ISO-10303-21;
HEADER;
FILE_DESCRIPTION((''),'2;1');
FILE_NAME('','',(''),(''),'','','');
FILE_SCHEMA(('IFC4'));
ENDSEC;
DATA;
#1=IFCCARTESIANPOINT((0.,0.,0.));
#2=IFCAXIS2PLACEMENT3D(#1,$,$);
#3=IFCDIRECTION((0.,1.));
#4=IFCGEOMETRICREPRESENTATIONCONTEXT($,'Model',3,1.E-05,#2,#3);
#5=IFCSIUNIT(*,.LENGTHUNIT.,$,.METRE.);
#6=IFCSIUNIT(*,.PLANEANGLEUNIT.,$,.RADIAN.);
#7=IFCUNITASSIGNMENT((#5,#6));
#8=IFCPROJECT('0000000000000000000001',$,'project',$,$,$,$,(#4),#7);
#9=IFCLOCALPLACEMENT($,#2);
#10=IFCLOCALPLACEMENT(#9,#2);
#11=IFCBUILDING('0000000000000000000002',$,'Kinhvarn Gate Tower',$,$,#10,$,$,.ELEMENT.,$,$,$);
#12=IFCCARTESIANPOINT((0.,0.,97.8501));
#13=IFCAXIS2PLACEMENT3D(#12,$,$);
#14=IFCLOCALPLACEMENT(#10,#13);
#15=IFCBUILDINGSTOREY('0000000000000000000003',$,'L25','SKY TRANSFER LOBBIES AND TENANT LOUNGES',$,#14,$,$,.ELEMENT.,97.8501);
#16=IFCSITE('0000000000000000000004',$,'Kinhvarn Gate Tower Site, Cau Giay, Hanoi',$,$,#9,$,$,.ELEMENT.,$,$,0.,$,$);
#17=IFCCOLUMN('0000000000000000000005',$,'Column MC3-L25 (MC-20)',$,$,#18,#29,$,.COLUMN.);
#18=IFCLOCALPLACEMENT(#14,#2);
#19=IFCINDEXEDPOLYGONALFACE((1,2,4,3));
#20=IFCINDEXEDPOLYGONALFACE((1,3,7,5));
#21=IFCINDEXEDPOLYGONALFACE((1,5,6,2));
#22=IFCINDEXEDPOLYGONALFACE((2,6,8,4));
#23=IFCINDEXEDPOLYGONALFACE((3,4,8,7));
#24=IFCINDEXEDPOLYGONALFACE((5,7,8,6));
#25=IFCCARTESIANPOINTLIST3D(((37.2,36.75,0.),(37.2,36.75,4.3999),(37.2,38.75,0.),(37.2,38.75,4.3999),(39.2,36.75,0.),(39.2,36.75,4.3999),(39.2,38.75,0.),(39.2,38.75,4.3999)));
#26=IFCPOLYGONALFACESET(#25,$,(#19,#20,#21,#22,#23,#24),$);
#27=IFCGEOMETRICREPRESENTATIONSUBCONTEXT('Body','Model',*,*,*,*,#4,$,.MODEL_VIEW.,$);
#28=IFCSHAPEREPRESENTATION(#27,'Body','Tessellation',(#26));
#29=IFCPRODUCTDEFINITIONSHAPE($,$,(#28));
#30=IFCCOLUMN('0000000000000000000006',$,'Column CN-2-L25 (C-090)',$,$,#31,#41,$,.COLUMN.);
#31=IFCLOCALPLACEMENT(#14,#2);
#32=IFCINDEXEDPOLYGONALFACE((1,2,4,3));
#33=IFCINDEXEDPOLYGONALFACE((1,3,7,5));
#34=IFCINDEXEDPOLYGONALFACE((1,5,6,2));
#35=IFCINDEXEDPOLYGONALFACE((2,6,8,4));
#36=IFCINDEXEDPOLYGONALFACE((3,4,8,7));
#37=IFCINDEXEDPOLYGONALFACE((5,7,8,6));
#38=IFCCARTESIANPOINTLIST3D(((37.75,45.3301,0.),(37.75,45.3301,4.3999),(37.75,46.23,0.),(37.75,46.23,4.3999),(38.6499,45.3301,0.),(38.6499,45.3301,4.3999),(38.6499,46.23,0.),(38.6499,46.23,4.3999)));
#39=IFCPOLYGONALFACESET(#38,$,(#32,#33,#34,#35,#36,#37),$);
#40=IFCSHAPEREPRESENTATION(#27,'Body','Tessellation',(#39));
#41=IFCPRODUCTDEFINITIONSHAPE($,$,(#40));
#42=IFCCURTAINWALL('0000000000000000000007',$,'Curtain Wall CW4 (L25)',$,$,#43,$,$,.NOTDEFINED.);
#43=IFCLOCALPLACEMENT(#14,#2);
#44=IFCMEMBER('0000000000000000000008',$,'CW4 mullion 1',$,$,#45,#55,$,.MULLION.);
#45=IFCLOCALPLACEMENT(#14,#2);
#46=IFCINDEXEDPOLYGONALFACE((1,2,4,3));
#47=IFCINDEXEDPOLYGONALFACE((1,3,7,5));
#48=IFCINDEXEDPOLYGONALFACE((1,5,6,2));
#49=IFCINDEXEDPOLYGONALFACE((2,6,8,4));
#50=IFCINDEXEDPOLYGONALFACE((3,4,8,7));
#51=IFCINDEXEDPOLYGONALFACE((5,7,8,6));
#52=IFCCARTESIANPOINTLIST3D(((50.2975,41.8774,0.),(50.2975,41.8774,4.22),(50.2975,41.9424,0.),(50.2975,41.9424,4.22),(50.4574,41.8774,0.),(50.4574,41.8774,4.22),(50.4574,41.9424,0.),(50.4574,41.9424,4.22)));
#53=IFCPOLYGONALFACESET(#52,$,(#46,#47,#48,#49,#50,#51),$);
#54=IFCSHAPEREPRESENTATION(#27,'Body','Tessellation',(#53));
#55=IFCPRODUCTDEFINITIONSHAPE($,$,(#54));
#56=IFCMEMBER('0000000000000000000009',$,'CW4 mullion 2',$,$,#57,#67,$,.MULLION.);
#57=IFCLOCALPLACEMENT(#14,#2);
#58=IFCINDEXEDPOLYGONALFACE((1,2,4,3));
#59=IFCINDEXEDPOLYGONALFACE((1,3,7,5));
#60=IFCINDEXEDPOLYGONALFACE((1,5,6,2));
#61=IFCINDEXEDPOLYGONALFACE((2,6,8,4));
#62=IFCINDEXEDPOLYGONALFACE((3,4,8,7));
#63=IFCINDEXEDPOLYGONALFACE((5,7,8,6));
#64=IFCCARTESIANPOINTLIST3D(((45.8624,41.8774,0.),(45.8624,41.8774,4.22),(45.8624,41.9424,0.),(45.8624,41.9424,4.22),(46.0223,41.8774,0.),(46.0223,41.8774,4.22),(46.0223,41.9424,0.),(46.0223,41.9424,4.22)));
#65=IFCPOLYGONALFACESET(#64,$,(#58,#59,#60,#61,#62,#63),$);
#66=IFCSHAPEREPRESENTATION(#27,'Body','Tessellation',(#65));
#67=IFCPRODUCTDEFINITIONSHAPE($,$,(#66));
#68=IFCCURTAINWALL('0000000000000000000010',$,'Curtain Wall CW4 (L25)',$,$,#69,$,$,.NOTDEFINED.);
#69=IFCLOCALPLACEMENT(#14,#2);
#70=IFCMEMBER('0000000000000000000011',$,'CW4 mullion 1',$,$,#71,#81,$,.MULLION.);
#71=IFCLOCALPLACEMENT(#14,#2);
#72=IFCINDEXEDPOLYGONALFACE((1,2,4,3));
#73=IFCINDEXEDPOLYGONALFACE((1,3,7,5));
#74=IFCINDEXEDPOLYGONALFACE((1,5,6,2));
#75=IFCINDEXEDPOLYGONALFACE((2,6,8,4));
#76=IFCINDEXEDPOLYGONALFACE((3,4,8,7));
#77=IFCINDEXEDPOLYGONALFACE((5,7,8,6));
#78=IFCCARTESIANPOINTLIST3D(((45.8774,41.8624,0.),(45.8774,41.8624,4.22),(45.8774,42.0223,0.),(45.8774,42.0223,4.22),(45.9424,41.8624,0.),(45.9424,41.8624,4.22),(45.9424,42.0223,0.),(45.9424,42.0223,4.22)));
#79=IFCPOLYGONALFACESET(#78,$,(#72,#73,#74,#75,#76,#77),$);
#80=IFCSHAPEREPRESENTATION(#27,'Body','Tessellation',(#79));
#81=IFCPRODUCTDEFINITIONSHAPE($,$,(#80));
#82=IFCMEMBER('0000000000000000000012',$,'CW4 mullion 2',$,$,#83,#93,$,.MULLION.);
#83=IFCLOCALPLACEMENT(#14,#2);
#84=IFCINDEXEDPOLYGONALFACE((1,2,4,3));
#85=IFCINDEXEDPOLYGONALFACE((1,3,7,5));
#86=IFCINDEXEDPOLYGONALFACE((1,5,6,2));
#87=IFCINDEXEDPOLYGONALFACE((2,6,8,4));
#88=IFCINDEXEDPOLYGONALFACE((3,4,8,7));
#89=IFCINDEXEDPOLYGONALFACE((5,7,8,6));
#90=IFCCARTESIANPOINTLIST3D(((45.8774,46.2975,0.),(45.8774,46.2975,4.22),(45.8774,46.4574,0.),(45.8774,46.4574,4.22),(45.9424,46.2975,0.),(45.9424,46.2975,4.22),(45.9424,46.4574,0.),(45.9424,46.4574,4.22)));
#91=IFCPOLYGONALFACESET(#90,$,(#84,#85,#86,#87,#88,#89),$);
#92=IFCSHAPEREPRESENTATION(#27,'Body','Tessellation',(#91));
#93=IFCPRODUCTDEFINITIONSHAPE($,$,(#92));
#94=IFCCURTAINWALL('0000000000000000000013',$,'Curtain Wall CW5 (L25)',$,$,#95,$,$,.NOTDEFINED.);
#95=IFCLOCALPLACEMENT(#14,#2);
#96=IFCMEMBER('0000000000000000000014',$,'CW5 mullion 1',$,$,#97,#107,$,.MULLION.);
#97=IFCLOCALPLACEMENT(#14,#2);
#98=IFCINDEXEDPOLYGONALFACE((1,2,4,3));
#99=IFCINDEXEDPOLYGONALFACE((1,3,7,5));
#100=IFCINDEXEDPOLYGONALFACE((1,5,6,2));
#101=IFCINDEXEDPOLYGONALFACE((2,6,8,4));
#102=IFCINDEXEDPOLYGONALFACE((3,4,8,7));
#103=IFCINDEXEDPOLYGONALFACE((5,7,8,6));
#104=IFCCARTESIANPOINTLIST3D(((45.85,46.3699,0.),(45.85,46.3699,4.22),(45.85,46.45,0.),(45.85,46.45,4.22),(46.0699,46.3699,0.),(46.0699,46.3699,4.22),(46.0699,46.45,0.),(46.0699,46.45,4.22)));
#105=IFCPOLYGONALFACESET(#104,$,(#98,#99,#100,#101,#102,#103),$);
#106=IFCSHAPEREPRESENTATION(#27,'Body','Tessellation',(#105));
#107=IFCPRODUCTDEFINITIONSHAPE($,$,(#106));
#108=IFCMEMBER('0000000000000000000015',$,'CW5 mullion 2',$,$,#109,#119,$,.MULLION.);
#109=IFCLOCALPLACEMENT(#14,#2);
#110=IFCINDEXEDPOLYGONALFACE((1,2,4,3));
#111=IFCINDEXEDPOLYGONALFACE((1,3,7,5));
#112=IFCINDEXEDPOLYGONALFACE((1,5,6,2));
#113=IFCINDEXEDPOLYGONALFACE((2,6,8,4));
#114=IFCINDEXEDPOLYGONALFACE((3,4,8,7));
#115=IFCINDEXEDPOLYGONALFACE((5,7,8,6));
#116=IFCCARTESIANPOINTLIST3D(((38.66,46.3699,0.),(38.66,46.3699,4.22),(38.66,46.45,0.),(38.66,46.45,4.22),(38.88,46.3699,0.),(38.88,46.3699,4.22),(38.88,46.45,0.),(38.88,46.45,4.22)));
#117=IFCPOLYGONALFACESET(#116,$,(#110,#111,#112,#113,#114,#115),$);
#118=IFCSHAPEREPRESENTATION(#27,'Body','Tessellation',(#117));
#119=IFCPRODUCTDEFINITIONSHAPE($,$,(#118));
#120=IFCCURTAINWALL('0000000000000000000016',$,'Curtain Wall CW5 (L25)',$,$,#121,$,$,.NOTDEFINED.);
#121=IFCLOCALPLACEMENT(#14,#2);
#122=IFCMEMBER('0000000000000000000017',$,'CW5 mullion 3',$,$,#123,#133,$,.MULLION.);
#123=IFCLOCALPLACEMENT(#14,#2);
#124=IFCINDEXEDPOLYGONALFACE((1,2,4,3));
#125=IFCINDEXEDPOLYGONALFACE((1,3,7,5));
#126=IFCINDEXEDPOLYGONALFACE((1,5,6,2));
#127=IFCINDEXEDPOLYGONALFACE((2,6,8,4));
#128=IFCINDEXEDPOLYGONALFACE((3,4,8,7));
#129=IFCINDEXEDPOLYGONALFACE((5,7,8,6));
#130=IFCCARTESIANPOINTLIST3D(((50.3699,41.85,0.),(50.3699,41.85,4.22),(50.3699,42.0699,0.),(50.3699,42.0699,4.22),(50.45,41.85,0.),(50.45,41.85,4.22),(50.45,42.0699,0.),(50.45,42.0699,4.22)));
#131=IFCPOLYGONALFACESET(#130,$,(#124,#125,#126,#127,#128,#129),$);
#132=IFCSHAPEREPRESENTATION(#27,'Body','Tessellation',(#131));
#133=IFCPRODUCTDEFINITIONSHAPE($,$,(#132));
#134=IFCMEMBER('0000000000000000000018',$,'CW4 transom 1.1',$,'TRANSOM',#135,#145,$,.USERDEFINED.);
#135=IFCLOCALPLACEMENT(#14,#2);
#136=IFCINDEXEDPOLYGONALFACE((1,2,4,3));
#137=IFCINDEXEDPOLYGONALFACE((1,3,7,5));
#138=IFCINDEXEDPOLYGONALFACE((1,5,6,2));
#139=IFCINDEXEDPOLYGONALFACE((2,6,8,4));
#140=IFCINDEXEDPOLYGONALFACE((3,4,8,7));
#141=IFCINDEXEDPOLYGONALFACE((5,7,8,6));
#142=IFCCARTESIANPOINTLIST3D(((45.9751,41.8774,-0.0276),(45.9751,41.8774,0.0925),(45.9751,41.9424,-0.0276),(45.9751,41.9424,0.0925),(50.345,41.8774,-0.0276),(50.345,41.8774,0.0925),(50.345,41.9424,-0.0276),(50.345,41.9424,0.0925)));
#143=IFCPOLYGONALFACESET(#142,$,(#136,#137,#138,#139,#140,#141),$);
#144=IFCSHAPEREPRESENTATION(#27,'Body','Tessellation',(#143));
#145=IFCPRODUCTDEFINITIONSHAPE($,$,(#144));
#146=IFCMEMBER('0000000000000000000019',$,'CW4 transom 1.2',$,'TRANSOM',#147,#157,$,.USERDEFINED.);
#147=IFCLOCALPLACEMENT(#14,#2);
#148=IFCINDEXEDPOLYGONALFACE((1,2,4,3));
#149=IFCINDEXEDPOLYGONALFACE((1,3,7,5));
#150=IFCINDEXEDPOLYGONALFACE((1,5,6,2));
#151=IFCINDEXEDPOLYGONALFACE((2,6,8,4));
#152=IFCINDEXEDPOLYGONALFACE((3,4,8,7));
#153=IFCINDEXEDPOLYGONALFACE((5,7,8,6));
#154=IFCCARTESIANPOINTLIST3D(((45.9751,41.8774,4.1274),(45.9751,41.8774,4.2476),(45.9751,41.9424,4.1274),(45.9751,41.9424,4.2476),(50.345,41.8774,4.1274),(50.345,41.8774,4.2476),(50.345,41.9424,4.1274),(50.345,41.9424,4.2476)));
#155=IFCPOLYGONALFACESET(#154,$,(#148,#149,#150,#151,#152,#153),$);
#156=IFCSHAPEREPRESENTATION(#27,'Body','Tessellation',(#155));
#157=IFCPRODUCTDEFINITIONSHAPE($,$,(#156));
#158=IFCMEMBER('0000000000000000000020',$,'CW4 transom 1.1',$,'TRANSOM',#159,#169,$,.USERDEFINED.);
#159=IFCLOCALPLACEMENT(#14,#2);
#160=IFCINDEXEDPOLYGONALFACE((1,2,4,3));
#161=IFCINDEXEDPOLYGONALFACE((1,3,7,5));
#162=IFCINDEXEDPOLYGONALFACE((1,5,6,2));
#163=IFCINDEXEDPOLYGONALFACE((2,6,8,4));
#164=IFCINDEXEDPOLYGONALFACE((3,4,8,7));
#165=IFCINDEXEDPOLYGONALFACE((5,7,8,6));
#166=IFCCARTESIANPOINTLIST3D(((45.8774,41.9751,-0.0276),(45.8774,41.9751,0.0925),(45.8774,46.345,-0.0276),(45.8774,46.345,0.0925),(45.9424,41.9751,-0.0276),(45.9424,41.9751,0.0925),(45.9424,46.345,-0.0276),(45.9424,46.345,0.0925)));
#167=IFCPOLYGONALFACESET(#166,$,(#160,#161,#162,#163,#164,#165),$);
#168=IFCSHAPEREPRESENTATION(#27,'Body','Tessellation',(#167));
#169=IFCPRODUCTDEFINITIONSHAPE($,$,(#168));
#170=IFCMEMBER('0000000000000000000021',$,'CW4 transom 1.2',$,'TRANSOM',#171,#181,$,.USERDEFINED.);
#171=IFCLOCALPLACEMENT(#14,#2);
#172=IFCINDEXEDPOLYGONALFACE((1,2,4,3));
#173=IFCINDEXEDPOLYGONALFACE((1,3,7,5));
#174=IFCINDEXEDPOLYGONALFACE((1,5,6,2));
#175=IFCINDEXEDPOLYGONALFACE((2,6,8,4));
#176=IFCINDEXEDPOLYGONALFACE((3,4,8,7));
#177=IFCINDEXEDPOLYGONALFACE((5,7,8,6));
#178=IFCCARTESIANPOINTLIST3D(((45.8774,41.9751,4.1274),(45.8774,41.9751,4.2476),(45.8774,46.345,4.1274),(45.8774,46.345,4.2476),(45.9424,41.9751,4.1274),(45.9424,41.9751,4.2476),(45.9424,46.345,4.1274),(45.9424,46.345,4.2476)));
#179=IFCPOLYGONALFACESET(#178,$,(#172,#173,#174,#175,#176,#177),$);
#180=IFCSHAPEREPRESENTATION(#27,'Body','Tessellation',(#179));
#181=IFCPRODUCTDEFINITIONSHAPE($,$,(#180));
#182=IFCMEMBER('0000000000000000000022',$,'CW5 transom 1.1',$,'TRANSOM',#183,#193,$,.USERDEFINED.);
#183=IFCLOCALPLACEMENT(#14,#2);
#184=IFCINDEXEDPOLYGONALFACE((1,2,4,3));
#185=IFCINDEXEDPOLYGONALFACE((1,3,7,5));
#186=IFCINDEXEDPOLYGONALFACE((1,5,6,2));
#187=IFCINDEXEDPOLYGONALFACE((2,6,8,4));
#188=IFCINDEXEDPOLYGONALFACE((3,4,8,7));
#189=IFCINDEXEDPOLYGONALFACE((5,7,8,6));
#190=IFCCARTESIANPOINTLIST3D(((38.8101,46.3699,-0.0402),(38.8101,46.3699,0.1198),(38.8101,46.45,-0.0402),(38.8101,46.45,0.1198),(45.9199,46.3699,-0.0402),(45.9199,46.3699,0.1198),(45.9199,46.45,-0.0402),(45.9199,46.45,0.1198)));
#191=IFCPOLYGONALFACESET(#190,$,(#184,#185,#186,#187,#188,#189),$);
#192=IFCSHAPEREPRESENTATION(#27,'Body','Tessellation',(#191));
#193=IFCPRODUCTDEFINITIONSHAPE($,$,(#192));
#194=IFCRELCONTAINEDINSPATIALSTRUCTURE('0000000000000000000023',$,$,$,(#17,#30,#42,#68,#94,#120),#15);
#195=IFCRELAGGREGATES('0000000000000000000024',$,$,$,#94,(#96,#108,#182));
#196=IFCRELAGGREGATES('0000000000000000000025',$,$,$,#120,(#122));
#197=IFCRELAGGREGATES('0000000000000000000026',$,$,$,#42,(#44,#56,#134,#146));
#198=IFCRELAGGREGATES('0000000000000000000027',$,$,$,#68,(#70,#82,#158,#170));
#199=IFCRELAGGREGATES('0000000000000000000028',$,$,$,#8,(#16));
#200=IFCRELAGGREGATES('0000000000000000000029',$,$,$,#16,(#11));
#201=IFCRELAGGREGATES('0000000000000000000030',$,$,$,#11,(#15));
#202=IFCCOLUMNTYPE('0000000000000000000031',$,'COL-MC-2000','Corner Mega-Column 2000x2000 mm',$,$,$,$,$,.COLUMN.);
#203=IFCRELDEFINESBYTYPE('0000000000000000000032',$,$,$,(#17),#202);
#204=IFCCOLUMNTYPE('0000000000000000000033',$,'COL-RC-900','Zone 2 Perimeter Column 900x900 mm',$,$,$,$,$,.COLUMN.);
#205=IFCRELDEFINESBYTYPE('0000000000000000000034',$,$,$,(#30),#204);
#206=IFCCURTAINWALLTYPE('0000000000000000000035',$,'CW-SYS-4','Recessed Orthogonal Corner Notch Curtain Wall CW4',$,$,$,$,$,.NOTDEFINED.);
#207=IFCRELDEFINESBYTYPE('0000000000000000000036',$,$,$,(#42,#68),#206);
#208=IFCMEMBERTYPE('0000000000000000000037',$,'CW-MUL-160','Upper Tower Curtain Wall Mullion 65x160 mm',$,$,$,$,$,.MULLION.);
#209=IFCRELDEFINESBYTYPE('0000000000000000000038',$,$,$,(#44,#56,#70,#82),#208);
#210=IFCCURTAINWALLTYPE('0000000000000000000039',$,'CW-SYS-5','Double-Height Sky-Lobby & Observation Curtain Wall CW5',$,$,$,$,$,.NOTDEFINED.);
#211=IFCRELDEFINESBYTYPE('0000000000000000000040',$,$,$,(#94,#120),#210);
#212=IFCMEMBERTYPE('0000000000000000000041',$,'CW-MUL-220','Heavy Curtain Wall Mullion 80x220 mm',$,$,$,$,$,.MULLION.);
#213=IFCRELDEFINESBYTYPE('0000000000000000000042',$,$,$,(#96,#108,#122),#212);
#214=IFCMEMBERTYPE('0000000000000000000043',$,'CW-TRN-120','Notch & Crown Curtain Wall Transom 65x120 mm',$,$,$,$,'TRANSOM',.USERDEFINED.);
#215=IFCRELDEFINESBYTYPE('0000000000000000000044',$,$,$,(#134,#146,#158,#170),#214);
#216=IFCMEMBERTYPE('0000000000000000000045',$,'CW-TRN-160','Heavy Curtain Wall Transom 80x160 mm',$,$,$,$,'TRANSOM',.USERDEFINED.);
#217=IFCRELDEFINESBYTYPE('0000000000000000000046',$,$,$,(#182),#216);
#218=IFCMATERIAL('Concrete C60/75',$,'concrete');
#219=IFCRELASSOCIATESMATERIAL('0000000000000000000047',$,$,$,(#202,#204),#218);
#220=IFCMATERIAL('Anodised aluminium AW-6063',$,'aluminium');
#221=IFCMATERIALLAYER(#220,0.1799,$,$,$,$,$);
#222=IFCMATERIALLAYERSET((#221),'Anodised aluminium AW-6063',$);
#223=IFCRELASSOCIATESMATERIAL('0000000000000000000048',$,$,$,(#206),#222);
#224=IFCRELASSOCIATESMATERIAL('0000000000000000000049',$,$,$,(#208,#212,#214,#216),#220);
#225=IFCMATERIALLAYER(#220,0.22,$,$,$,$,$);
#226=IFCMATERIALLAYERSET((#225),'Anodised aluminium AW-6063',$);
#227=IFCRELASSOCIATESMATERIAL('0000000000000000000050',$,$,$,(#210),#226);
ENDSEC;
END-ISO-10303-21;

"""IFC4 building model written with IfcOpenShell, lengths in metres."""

from ifc_helpers import new_model, si_unit, direction, frame, origin, origin_2d, place, context, subcontext, project, spatial, rectangle, extrude, material, layer, layer_set, material_profile, profile_set, type_object, element, aggregate, save


model = new_model("IFC4")

# Units and contexts
model_context = context("Model", 3, precision=1e-05, world=origin(), true_north=direction((0.0, 1.0)))
body_context = subcontext(model_context, "Body", "Model", "MODEL_VIEW")
ifc_project = project(units=[si_unit("LENGTHUNIT", "METRE"), si_unit("PLANEANGLEUNIT", "RADIAN")], contexts=[model_context])

# Site, building, storey
site_placement = place(None, origin())
site = spatial("IfcSite", under=ifc_project, at=site_placement, Name="Kinhvarn Gate Tower Site, Cau Giay, Hanoi", CompositionType="ELEMENT", RefElevation=0.0)
building_placement = place(site_placement, origin())
building = spatial("IfcBuilding", under=site, at=building_placement, Name="Kinhvarn Gate Tower", CompositionType="ELEMENT")
storey_placement = place(building_placement, frame((0.0, 0.0, 97.8501)))
storey = spatial("IfcBuildingStorey", under=building, at=storey_placement, Name="L25", Description="SKY TRANSFER LOBBIES AND TENANT LOUNGES", CompositionType="ELEMENT", Elevation=97.8501)

# Columns
ifc_material_1 = material(Name="Concrete C60/75", Category="concrete")
ifc_material_profile_1 = material_profile(ifc_material_1, rectangle(XDim=2.0, YDim=2.0, at=origin_2d()), Name="RC 2000x2000")
ifc_profile_set_1 = profile_set([ifc_material_profile_1], Name="Concrete C60/75")
column_type_1 = type_object("IfcColumnType", Name="COL-MC-2000", Description="Corner Mega-Column 2000x2000 mm", PredefinedType="COLUMN", material=ifc_profile_set_1)
column_1_placement = place(storey_placement, frame((38.2, 37.75, 0.0), z_axis=(0.0, 0.0, 1.0), x_axis=(1.0, 0.0, 0.0)))
element("IfcColumn", 1, at=column_1_placement, inside=storey, type_object=column_type_1, Name="Column MC3-L25 (MC-20)", PredefinedType="COLUMN", context=body_context, shape_type="SweptSolid", body=[
    extrude(rectangle(XDim=2.0, YDim=2.0, at=origin_2d()), origin(), (0.0, 0.0, 1.0), 4.3999),
])
ifc_material_profile_2 = material_profile(ifc_material_1, rectangle(XDim=0.8999, YDim=0.8999, at=origin_2d()), Name="RC 900x900")
ifc_profile_set_2 = profile_set([ifc_material_profile_2], Name="Concrete C60/75")
column_type_2 = type_object("IfcColumnType", Name="COL-RC-900", Description="Zone 2 Perimeter Column 900x900 mm", PredefinedType="COLUMN", material=ifc_profile_set_2)
column_2_placement = place(storey_placement, frame((38.2, 45.78, 0.0), z_axis=(0.0, 0.0, 1.0), x_axis=(1.0, 0.0, 0.0)))
element("IfcColumn", 2, at=column_2_placement, inside=storey, type_object=column_type_2, Name="Column CN-2-L25 (C-090)", PredefinedType="COLUMN", context=body_context, shape_type="SweptSolid", body=[
    extrude(rectangle(XDim=0.8999, YDim=0.8999, at=origin_2d()), origin(), (0.0, 0.0, 1.0), 4.3999),
])

# Curtain walls, members
ifc_material_2 = material(Name="Anodised aluminium AW-6063", Category="aluminium")
ifc_layer_1 = layer(ifc_material_2, 0.1799)
ifc_layer_set_1 = layer_set([ifc_layer_1], Name="Anodised aluminium AW-6063")
curtain_wall_type_1 = type_object("IfcCurtainWallType", Name="CW-SYS-4", Description="Recessed Orthogonal Corner Notch Curtain Wall CW4", PredefinedType="NOTDEFINED", material=ifc_layer_set_1)
curtain_wall_1_placement = place(storey_placement, origin())
curtain_wall_1 = element("IfcCurtainWall", 3, at=curtain_wall_1_placement, inside=storey, type_object=curtain_wall_type_1, Name="Curtain Wall CW4 (L25)", PredefinedType="NOTDEFINED")
ifc_material_profile_3 = material_profile(ifc_material_2, rectangle(XDim=0.0649, YDim=0.1599, at=origin_2d()), Name="ALU 65x160")
ifc_profile_set_3 = profile_set([ifc_material_profile_3], Name="Anodised aluminium AW-6063")
member_type_1 = type_object("IfcMemberType", Name="CW-MUL-160", Description="Upper Tower Curtain Wall Mullion 65x160 mm", PredefinedType="MULLION", material=ifc_profile_set_3)
member_1_placement = place(storey_placement, frame((50.3774, 41.9099, 0.0), z_axis=(0.0, 0.0, 1.0), x_axis=(0.0, -1.0, 0.0)))
member_1 = element("IfcMember", 4, at=member_1_placement, type_object=member_type_1, Name="CW4 mullion 1", PredefinedType="MULLION", context=body_context, shape_type="SweptSolid", body=[
    extrude(rectangle(XDim=0.0649, YDim=0.1599, at=origin_2d()), origin(), (0.0, 0.0, 1.0), 4.22),
])
member_2_placement = place(storey_placement, frame((45.9424, 41.9099, 0.0), z_axis=(0.0, 0.0, 1.0), x_axis=(0.0, -1.0, 0.0)))
member_2 = element("IfcMember", 5, at=member_2_placement, type_object=member_type_1, Name="CW4 mullion 2", PredefinedType="MULLION", context=body_context, shape_type="SweptSolid", body=[
    extrude(rectangle(XDim=0.0649, YDim=0.1599, at=origin_2d()), origin(), (0.0, 0.0, 1.0), 4.22),
])
curtain_wall_2_placement = place(storey_placement, origin())
curtain_wall_2 = element("IfcCurtainWall", 6, at=curtain_wall_2_placement, inside=storey, type_object=curtain_wall_type_1, Name="Curtain Wall CW4 (L25)", PredefinedType="NOTDEFINED")
member_3_placement = place(storey_placement, frame((45.9099, 41.9424, 0.0), z_axis=(0.0, 0.0, 1.0), x_axis=(-1.0, 0.0, 0.0)))
member_3 = element("IfcMember", 7, at=member_3_placement, type_object=member_type_1, Name="CW4 mullion 1", PredefinedType="MULLION", context=body_context, shape_type="SweptSolid", body=[
    extrude(rectangle(XDim=0.0649, YDim=0.1599, at=origin_2d()), origin(), (0.0, 0.0, 1.0), 4.22),
])
member_4_placement = place(storey_placement, frame((45.9099, 46.3774, 0.0), z_axis=(0.0, 0.0, 1.0), x_axis=(-1.0, 0.0, 0.0)))
member_4 = element("IfcMember", 8, at=member_4_placement, type_object=member_type_1, Name="CW4 mullion 2", PredefinedType="MULLION", context=body_context, shape_type="SweptSolid", body=[
    extrude(rectangle(XDim=0.0649, YDim=0.1599, at=origin_2d()), origin(), (0.0, 0.0, 1.0), 4.22),
])
ifc_layer_2 = layer(ifc_material_2, 0.22)
ifc_layer_set_2 = layer_set([ifc_layer_2], Name="Anodised aluminium AW-6063")
curtain_wall_type_2 = type_object("IfcCurtainWallType", Name="CW-SYS-5", Description="Double-Height Sky-Lobby & Observation Curtain Wall CW5", PredefinedType="NOTDEFINED", material=ifc_layer_set_2)
curtain_wall_3_placement = place(storey_placement, origin())
curtain_wall_3 = element("IfcCurtainWall", 9, at=curtain_wall_3_placement, inside=storey, type_object=curtain_wall_type_2, Name="Curtain Wall CW5 (L25)", PredefinedType="NOTDEFINED")
ifc_material_profile_4 = material_profile(ifc_material_2, rectangle(XDim=0.0801, YDim=0.22, at=origin_2d()), Name="ALU 80x220")
ifc_profile_set_4 = profile_set([ifc_material_profile_4], Name="Anodised aluminium AW-6063")
member_type_2 = type_object("IfcMemberType", Name="CW-MUL-220", Description="Heavy Curtain Wall Mullion 80x220 mm", PredefinedType="MULLION", material=ifc_profile_set_4)
member_5_placement = place(storey_placement, frame((45.96, 46.4099, 0.0), z_axis=(0.0, 0.0, 1.0), x_axis=(0.0, -1.0, 0.0)))
member_5 = element("IfcMember", 10, at=member_5_placement, type_object=member_type_2, Name="CW5 mullion 1", PredefinedType="MULLION", context=body_context, shape_type="SweptSolid", body=[
    extrude(rectangle(XDim=0.0801, YDim=0.22, at=origin_2d()), origin(), (0.0, 0.0, 1.0), 4.22),
])
member_6_placement = place(storey_placement, frame((38.77, 46.4099, 0.0), z_axis=(0.0, 0.0, 1.0), x_axis=(0.0, -1.0, 0.0)))
member_6 = element("IfcMember", 11, at=member_6_placement, type_object=member_type_2, Name="CW5 mullion 2", PredefinedType="MULLION", context=body_context, shape_type="SweptSolid", body=[
    extrude(rectangle(XDim=0.0801, YDim=0.22, at=origin_2d()), origin(), (0.0, 0.0, 1.0), 4.22),
])

# Curtain wall, member
curtain_wall_4_placement = place(storey_placement, origin())
curtain_wall_4 = element("IfcCurtainWall", 12, at=curtain_wall_4_placement, inside=storey, type_object=curtain_wall_type_2, Name="Curtain Wall CW5 (L25)", PredefinedType="NOTDEFINED")
member_7_placement = place(storey_placement, frame((50.4099, 41.96, 0.0), z_axis=(0.0, 0.0, 1.0), x_axis=(-1.0, 0.0, 0.0)))
member_7 = element("IfcMember", 13, at=member_7_placement, type_object=member_type_2, Name="CW5 mullion 3", PredefinedType="MULLION", context=body_context, shape_type="SweptSolid", body=[
    extrude(rectangle(XDim=0.0801, YDim=0.22, at=origin_2d()), origin(), (0.0, 0.0, 1.0), 4.22),
])

# Members
ifc_material_profile_5 = material_profile(ifc_material_2, rectangle(XDim=0.0649, YDim=0.1201, at=origin_2d()), Name="ALU 65x120")
ifc_profile_set_5 = profile_set([ifc_material_profile_5], Name="Anodised aluminium AW-6063")
member_type_3 = type_object("IfcMemberType", Name="CW-TRN-120", Description="Notch & Crown Curtain Wall Transom 65x120 mm", ElementType="TRANSOM", PredefinedType="USERDEFINED", material=ifc_profile_set_5)
member_8_placement = place(storey_placement, frame((50.345, 41.9099, 0.0325), z_axis=(-1.0, 0.0, 0.0), x_axis=(0.0, -1.0, 0.0)))
member_8 = element("IfcMember", 14, at=member_8_placement, type_object=member_type_3, Name="CW4 transom 1.1", ObjectType="TRANSOM", PredefinedType="USERDEFINED", context=body_context, shape_type="SweptSolid", body=[
    extrude(rectangle(XDim=0.0649, YDim=0.1201, at=origin_2d()), origin(), (0.0, 0.0, 1.0), 4.3699),
])
member_9_placement = place(storey_placement, frame((50.345, 41.9099, 4.1875), z_axis=(-1.0, 0.0, 0.0), x_axis=(0.0, -1.0, 0.0)))
member_9 = element("IfcMember", 15, at=member_9_placement, type_object=member_type_3, Name="CW4 transom 1.2", ObjectType="TRANSOM", PredefinedType="USERDEFINED", context=body_context, shape_type="SweptSolid", body=[
    extrude(rectangle(XDim=0.0649, YDim=0.1201, at=origin_2d()), origin(), (0.0, 0.0, 1.0), 4.3699),
])
member_10_placement = place(storey_placement, frame((45.9099, 41.9751, 0.0325), z_axis=(0.0, 1.0, 0.0), x_axis=(-1.0, 0.0, 0.0)))
member_10 = element("IfcMember", 16, at=member_10_placement, type_object=member_type_3, Name="CW4 transom 1.1", ObjectType="TRANSOM", PredefinedType="USERDEFINED", context=body_context, shape_type="SweptSolid", body=[
    extrude(rectangle(XDim=0.0649, YDim=0.1201, at=origin_2d()), origin(), (0.0, 0.0, 1.0), 4.3699),
])
member_11_placement = place(storey_placement, frame((45.9099, 41.9751, 4.1875), z_axis=(0.0, 1.0, 0.0), x_axis=(-1.0, 0.0, 0.0)))
member_11 = element("IfcMember", 17, at=member_11_placement, type_object=member_type_3, Name="CW4 transom 1.2", ObjectType="TRANSOM", PredefinedType="USERDEFINED", context=body_context, shape_type="SweptSolid", body=[
    extrude(rectangle(XDim=0.0649, YDim=0.1201, at=origin_2d()), origin(), (0.0, 0.0, 1.0), 4.3699),
])
ifc_material_profile_6 = material_profile(ifc_material_2, rectangle(XDim=0.0801, YDim=0.1599, at=origin_2d()), Name="ALU 80x160")
ifc_profile_set_6 = profile_set([ifc_material_profile_6], Name="Anodised aluminium AW-6063")
member_type_4 = type_object("IfcMemberType", Name="CW-TRN-160", Description="Heavy Curtain Wall Transom 80x160 mm", ElementType="TRANSOM", PredefinedType="USERDEFINED", material=ifc_profile_set_6)
member_12_placement = place(storey_placement, frame((45.9199, 46.4099, 0.0398), z_axis=(-1.0, 0.0, 0.0), x_axis=(0.0, -1.0, 0.0)))
member_12 = element("IfcMember", 18, at=member_12_placement, type_object=member_type_4, Name="CW5 transom 1.1", ObjectType="TRANSOM", PredefinedType="USERDEFINED", context=body_context, shape_type="SweptSolid", body=[
    extrude(rectangle(XDim=0.0801, YDim=0.1599, at=origin_2d()), origin(), (0.0, 0.0, 1.0), 7.1099),
])

aggregate(curtain_wall_3, [member_5, member_6, member_12])
aggregate(curtain_wall_4, [member_7])
aggregate(curtain_wall_1, [member_1, member_2, member_8, member_9])
aggregate(curtain_wall_2, [member_3, member_4, member_10, member_11])

save(model, "model.ifc")
